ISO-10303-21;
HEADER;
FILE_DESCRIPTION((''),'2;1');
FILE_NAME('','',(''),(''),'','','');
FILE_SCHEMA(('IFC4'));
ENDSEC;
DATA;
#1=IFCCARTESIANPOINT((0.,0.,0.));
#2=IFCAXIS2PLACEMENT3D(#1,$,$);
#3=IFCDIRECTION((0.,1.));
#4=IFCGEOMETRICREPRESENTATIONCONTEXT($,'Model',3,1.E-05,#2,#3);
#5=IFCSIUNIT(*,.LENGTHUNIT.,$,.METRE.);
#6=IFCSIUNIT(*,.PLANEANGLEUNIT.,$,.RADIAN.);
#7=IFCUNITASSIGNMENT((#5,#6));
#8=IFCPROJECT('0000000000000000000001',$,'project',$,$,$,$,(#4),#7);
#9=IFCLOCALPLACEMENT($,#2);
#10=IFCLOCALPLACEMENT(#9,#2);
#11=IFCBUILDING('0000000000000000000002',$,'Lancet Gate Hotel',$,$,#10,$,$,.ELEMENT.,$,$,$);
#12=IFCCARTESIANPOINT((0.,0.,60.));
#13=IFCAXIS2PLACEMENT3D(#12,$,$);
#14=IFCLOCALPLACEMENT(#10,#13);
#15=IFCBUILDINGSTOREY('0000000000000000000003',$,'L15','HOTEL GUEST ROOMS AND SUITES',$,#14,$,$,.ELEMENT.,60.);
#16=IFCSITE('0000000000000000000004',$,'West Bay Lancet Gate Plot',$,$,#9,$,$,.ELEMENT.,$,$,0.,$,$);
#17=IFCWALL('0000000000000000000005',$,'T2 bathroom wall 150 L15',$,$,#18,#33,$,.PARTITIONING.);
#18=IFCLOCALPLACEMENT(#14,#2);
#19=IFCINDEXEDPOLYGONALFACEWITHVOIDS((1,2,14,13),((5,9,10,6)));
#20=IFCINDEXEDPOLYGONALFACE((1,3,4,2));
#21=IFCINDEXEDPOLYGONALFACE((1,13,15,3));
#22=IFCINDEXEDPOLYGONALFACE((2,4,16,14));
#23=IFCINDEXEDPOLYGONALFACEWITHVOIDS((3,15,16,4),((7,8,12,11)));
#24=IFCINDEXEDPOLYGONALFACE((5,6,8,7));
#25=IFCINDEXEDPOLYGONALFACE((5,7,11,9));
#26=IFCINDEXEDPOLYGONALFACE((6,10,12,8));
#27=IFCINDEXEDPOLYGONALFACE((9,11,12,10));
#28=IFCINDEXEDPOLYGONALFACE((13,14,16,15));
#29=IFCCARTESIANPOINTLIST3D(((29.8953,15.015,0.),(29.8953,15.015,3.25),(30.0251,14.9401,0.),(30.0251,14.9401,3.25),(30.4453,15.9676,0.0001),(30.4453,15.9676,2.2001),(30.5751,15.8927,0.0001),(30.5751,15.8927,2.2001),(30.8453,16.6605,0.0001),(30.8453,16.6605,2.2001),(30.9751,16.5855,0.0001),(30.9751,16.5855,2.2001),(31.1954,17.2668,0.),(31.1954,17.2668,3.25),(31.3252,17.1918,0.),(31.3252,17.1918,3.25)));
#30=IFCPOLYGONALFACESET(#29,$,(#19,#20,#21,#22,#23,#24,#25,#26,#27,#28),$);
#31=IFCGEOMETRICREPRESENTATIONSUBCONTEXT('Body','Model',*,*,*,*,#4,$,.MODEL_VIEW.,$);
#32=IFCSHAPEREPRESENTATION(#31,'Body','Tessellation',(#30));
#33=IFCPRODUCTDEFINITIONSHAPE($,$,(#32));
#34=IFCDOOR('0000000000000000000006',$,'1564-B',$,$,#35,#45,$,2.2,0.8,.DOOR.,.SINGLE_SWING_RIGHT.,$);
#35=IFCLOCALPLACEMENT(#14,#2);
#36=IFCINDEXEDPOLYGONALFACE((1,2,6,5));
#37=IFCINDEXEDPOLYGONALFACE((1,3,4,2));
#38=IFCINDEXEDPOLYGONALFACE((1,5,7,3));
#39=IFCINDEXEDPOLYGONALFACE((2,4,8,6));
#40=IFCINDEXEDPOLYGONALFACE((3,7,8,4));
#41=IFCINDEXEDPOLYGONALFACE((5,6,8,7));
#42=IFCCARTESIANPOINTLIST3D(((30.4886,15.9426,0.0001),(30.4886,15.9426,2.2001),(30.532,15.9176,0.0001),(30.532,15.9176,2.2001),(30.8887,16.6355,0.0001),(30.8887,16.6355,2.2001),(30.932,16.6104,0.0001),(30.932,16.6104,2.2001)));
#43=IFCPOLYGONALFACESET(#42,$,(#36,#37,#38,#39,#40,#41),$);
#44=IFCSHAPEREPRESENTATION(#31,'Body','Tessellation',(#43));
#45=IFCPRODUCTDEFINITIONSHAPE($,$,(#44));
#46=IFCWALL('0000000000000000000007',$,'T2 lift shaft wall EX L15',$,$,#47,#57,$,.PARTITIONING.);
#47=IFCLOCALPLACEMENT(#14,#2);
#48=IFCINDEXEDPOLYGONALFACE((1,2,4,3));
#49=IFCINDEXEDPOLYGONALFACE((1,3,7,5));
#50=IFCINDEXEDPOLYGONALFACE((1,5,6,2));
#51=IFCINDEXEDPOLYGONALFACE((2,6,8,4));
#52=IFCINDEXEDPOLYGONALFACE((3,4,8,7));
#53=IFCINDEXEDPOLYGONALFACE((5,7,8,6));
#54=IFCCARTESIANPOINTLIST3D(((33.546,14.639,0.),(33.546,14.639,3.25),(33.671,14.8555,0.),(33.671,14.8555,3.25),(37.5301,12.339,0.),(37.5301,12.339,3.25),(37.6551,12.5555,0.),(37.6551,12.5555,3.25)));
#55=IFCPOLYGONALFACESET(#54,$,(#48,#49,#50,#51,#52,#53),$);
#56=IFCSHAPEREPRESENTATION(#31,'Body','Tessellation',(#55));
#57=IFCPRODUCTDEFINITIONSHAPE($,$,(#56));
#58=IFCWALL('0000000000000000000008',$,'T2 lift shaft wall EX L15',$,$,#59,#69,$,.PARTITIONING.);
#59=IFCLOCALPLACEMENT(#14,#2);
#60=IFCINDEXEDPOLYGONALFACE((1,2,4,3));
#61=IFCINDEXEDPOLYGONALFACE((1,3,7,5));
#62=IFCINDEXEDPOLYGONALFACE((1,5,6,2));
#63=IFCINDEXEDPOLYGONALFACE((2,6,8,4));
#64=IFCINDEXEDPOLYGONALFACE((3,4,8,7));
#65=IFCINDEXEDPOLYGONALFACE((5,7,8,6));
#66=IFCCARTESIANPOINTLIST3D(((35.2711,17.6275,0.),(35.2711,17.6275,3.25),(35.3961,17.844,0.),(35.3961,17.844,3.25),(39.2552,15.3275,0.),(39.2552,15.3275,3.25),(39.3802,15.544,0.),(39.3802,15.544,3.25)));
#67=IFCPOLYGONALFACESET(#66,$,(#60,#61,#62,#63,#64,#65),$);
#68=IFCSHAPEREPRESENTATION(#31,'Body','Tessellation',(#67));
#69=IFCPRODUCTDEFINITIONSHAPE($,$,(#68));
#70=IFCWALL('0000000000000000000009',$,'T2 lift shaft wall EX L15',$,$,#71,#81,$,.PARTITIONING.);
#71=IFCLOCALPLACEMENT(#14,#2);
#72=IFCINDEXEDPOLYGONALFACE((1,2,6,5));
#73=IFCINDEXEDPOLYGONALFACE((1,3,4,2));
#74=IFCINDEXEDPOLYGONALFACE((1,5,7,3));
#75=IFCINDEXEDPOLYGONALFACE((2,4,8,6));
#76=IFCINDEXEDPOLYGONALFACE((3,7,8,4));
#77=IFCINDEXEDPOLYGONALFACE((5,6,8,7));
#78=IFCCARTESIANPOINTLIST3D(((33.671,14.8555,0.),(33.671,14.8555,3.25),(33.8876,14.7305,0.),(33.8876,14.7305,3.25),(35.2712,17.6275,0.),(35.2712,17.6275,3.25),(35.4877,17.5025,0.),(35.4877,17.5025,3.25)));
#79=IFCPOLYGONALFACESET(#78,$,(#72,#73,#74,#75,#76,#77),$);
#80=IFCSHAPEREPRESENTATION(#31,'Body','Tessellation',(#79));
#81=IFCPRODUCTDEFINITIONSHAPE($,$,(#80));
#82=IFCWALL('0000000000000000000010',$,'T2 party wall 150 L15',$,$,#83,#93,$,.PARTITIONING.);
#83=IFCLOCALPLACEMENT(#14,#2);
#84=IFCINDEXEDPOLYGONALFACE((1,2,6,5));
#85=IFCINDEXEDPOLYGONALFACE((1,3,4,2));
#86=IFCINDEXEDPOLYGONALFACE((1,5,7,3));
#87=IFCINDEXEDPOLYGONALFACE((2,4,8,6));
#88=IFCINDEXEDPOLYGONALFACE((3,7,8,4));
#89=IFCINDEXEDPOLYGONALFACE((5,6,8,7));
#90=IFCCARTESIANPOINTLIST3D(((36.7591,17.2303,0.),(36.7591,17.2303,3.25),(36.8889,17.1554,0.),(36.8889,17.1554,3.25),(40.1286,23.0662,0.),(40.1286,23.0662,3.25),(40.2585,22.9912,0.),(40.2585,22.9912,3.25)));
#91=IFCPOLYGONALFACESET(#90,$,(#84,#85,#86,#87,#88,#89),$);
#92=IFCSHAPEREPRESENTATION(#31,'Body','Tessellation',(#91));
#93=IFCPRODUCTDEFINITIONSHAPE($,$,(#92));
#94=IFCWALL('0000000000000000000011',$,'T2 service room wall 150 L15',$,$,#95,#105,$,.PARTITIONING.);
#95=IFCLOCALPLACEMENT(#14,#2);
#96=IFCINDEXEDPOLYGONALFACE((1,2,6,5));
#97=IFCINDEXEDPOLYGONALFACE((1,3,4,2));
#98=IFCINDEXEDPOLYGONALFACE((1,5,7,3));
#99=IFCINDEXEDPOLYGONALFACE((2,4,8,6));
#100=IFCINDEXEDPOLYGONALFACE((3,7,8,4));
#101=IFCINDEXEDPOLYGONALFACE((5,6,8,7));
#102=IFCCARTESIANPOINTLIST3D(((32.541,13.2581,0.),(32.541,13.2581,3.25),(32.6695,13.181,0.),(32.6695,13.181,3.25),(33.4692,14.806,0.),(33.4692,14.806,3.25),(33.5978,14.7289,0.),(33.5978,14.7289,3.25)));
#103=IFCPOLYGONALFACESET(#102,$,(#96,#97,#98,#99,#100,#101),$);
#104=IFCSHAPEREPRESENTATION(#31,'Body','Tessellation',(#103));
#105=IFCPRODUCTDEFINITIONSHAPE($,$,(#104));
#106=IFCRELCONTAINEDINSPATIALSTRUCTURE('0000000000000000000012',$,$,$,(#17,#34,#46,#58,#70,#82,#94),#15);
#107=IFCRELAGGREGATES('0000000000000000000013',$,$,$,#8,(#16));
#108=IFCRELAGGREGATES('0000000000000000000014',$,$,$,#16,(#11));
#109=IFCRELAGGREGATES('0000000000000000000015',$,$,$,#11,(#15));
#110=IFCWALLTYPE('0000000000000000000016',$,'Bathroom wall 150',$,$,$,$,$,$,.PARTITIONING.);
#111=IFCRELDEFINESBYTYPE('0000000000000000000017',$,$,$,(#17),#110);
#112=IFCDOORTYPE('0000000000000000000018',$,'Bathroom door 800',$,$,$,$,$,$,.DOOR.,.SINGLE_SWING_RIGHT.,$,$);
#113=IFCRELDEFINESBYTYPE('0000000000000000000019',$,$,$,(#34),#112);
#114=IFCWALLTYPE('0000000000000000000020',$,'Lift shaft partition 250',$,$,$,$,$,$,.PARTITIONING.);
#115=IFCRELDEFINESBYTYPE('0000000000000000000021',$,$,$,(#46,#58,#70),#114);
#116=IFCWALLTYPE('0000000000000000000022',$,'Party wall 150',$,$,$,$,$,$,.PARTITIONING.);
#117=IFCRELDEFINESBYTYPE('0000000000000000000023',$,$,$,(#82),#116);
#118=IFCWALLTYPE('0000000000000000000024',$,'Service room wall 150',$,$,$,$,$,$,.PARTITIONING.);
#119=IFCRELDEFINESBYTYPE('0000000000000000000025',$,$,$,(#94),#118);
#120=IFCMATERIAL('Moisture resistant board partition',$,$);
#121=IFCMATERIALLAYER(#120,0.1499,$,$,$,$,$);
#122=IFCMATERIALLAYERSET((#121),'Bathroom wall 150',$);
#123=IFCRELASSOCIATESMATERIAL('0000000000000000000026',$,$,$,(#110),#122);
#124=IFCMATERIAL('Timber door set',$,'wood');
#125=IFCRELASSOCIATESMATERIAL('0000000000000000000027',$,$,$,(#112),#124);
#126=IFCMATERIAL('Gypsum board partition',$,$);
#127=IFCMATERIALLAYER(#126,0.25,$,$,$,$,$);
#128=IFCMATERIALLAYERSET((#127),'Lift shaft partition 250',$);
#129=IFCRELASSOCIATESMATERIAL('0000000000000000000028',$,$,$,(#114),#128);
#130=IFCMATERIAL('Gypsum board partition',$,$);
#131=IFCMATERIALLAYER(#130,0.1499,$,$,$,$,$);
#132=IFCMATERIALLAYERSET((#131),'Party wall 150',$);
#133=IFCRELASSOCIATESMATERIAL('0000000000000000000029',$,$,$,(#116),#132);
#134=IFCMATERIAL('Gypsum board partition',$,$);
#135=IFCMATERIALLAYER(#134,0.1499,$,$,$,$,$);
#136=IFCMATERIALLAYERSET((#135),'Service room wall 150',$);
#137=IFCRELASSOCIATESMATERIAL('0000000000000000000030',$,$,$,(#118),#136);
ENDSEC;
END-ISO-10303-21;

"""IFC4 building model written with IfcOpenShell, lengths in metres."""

from ifc_helpers import new_model, si_unit, direction, frame, frame_2d, origin, place, context, subcontext, project, spatial, rectangle, extrude, material, layer, layer_set, type_object, element, fill, save


model = new_model("IFC4")

# Units and contexts
model_context = context("Model", 3, precision=1e-05, world=origin(), true_north=direction((0.0, 1.0)))
body_context = subcontext(model_context, "Body", "Model", "MODEL_VIEW")
ifc_project = project(units=[si_unit("LENGTHUNIT", "METRE"), si_unit("PLANEANGLEUNIT", "RADIAN")], contexts=[model_context])

# Site, building, storey
site_placement = place(None, origin())
site = spatial("IfcSite", under=ifc_project, at=site_placement, Name="West Bay Lancet Gate Plot", CompositionType="ELEMENT", RefElevation=0.0)
building_placement = place(site_placement, origin())
building = spatial("IfcBuilding", under=site, at=building_placement, Name="Lancet Gate Hotel", CompositionType="ELEMENT")
storey_placement = place(building_placement, frame((0.0, 0.0, 60.0)))
storey = spatial("IfcBuildingStorey", under=building, at=storey_placement, Name="L15", Description="HOTEL GUEST ROOMS AND SUITES", CompositionType="ELEMENT", Elevation=60.0)

# Wall, opening, door
ifc_material_1 = material(Name="Moisture resistant board partition")
ifc_layer_1 = layer(ifc_material_1, 0.1499)
ifc_layer_set_1 = layer_set([ifc_layer_1], Name="Bathroom wall 150")
wall_type_1 = type_object("IfcWallType", Name="Bathroom wall 150", PredefinedType="PARTITIONING", material=ifc_layer_set_1)
wall_1_placement = place(storey_placement, frame((29.9602, 14.9775, 0.0), z_axis=(0.0, 0.0, 1.0), x_axis=(0.500007, 0.866021, 0.0)))
wall_1 = element("IfcWall", 1, at=wall_1_placement, inside=storey, type_object=wall_type_1, Name="T2 bathroom wall 150 L15", PredefinedType="PARTITIONING", context=body_context, shape_type="SweptSolid", body=[
    extrude(rectangle(XDim=2.6001, YDim=0.1499, at=frame_2d((1.3, 0.0))), origin(), (0.0, 0.0, 1.0), 3.25),
])
opening_placement = place(wall_1_placement, frame((1.1001, 0.0, 0.0)))
opening = element("IfcOpeningElement", 2, at=opening_placement, cuts=wall_1, PredefinedType="OPENING", context=body_context, shape_type="SweptSolid", body=[
    extrude(rectangle(XDim=0.8, YDim=2.2, at=frame_2d((0.3999, 1.1001))), frame((0.0, 0.085, 0.0), z_axis=(0.0, -1.0, 0.0), x_axis=(1.0, 0.0, 0.0)), (0.0, 0.0, 1.0), 0.1699),
])
ifc_material_2 = material(Name="Timber door set", Category="wood")
door_type = type_object("IfcDoorType", Name="Bathroom door 800", OperationType="SINGLE_SWING_RIGHT", PredefinedType="DOOR", material=ifc_material_2)
door_placement = place(opening_placement, origin())
door = element("IfcDoor", 3, at=door_placement, inside=storey, type_object=door_type, Name="1564-B", OperationType="SINGLE_SWING_RIGHT", OverallHeight=2.2, OverallWidth=0.8, PredefinedType="DOOR", context=body_context, shape_type="SweptSolid", body=[
    extrude(rectangle(XDim=0.8, YDim=2.2, at=frame_2d((0.3999, 1.1001))), frame((0.0, 0.0249, 0.0), z_axis=(0.0, -1.0, 0.0), x_axis=(1.0, 0.0, 0.0)), (0.0, 0.0, 1.0), 0.05),
])
fill(opening, door)

# Walls
ifc_material_3 = material(Name="Gypsum board partition")
ifc_layer_2 = layer(ifc_material_3, 0.25)
ifc_layer_set_2 = layer_set([ifc_layer_2], Name="Lift shaft partition 250")
wall_type_2 = type_object("IfcWallType", Name="Lift shaft partition 250", PredefinedType="PARTITIONING", material=ifc_layer_set_2)
for number, where, z_axis, x_axis, name in (
    (4, (33.6084, 14.7473, 0.0), (0.0, 0.0, 1.0), (0.866043, -0.499969, 0.0), "T2 lift shaft wall EX L15"),
    (5, (35.3335, 17.7358, 0.0), (0.0, 0.0, 1.0), (0.866043, -0.499969, 0.0), "T2 lift shaft wall EX L15"),
):
    element("IfcWall", number, at=place(storey_placement, frame(where, z_axis=z_axis, x_axis=x_axis)), inside=storey, type_object=wall_type_2, Name=name, PredefinedType="PARTITIONING", context=body_context, shape_type="SweptSolid", body=[
        extrude(rectangle(XDim=4.6003, YDim=0.25, at=frame_2d((2.3003, 0.0))), origin(), (0.0, 0.0, 1.0), 3.25),
    ])
wall_2_placement = place(storey_placement, frame((33.7793, 14.793, 0.0), z_axis=(0.0, 0.0, 1.0), x_axis=(0.499929, 0.866066, 0.0)))
element("IfcWall", 6, at=wall_2_placement, inside=storey, type_object=wall_type_2, Name="T2 lift shaft wall EX L15", PredefinedType="PARTITIONING", context=body_context, shape_type="SweptSolid", body=[
    extrude(rectangle(XDim=3.2007, YDim=0.25, at=frame_2d((1.6003, 0.0))), origin(), (0.0, 0.0, 1.0), 3.25),
])
ifc_material_4 = material(Name="Gypsum board partition")
ifc_layer_3 = layer(ifc_material_4, 0.1499)
ifc_layer_set_3 = layer_set([ifc_layer_3], Name="Party wall 150")
wall_type_3 = type_object("IfcWallType", Name="Party wall 150", PredefinedType="PARTITIONING", material=ifc_layer_set_3)
wall_3_placement = place(storey_placement, frame((36.824, 17.1929, 0.0), z_axis=(0.0, 0.0, 1.0), x_axis=(0.500028, 0.866009, 0.0)))
element("IfcWall", 7, at=wall_3_placement, inside=storey, type_object=wall_type_3, Name="T2 party wall 150 L15", PredefinedType="PARTITIONING", context=body_context, shape_type="SweptSolid", body=[
    extrude(rectangle(XDim=6.7388, YDim=0.1499, at=frame_2d((3.3694, 0.0))), origin(), (0.0, 0.0, 1.0), 3.25),
])
ifc_material_5 = material(Name="Gypsum board partition")
ifc_layer_4 = layer(ifc_material_5, 0.1499)
ifc_layer_set_4 = layer_set([ifc_layer_4], Name="Service room wall 150")
wall_type_4 = type_object("IfcWallType", Name="Service room wall 150", PredefinedType="PARTITIONING", material=ifc_layer_set_4)
wall_4_placement = place(storey_placement, frame((33.5334, 14.7673, 0.0), z_axis=(0.0, 0.0, 1.0), x_axis=(-0.514297, -0.857612, 0.0)))
element("IfcWall", 8, at=wall_4_placement, inside=storey, type_object=wall_type_4, Name="T2 service room wall 150 L15", PredefinedType="PARTITIONING", context=body_context, shape_type="SweptSolid", body=[
    extrude(rectangle(XDim=1.8049, YDim=0.1499, at=frame_2d((0.9023, 0.0))), origin(), (0.0, 0.0, 1.0), 3.25),
])

save(model, "model.ifc")
